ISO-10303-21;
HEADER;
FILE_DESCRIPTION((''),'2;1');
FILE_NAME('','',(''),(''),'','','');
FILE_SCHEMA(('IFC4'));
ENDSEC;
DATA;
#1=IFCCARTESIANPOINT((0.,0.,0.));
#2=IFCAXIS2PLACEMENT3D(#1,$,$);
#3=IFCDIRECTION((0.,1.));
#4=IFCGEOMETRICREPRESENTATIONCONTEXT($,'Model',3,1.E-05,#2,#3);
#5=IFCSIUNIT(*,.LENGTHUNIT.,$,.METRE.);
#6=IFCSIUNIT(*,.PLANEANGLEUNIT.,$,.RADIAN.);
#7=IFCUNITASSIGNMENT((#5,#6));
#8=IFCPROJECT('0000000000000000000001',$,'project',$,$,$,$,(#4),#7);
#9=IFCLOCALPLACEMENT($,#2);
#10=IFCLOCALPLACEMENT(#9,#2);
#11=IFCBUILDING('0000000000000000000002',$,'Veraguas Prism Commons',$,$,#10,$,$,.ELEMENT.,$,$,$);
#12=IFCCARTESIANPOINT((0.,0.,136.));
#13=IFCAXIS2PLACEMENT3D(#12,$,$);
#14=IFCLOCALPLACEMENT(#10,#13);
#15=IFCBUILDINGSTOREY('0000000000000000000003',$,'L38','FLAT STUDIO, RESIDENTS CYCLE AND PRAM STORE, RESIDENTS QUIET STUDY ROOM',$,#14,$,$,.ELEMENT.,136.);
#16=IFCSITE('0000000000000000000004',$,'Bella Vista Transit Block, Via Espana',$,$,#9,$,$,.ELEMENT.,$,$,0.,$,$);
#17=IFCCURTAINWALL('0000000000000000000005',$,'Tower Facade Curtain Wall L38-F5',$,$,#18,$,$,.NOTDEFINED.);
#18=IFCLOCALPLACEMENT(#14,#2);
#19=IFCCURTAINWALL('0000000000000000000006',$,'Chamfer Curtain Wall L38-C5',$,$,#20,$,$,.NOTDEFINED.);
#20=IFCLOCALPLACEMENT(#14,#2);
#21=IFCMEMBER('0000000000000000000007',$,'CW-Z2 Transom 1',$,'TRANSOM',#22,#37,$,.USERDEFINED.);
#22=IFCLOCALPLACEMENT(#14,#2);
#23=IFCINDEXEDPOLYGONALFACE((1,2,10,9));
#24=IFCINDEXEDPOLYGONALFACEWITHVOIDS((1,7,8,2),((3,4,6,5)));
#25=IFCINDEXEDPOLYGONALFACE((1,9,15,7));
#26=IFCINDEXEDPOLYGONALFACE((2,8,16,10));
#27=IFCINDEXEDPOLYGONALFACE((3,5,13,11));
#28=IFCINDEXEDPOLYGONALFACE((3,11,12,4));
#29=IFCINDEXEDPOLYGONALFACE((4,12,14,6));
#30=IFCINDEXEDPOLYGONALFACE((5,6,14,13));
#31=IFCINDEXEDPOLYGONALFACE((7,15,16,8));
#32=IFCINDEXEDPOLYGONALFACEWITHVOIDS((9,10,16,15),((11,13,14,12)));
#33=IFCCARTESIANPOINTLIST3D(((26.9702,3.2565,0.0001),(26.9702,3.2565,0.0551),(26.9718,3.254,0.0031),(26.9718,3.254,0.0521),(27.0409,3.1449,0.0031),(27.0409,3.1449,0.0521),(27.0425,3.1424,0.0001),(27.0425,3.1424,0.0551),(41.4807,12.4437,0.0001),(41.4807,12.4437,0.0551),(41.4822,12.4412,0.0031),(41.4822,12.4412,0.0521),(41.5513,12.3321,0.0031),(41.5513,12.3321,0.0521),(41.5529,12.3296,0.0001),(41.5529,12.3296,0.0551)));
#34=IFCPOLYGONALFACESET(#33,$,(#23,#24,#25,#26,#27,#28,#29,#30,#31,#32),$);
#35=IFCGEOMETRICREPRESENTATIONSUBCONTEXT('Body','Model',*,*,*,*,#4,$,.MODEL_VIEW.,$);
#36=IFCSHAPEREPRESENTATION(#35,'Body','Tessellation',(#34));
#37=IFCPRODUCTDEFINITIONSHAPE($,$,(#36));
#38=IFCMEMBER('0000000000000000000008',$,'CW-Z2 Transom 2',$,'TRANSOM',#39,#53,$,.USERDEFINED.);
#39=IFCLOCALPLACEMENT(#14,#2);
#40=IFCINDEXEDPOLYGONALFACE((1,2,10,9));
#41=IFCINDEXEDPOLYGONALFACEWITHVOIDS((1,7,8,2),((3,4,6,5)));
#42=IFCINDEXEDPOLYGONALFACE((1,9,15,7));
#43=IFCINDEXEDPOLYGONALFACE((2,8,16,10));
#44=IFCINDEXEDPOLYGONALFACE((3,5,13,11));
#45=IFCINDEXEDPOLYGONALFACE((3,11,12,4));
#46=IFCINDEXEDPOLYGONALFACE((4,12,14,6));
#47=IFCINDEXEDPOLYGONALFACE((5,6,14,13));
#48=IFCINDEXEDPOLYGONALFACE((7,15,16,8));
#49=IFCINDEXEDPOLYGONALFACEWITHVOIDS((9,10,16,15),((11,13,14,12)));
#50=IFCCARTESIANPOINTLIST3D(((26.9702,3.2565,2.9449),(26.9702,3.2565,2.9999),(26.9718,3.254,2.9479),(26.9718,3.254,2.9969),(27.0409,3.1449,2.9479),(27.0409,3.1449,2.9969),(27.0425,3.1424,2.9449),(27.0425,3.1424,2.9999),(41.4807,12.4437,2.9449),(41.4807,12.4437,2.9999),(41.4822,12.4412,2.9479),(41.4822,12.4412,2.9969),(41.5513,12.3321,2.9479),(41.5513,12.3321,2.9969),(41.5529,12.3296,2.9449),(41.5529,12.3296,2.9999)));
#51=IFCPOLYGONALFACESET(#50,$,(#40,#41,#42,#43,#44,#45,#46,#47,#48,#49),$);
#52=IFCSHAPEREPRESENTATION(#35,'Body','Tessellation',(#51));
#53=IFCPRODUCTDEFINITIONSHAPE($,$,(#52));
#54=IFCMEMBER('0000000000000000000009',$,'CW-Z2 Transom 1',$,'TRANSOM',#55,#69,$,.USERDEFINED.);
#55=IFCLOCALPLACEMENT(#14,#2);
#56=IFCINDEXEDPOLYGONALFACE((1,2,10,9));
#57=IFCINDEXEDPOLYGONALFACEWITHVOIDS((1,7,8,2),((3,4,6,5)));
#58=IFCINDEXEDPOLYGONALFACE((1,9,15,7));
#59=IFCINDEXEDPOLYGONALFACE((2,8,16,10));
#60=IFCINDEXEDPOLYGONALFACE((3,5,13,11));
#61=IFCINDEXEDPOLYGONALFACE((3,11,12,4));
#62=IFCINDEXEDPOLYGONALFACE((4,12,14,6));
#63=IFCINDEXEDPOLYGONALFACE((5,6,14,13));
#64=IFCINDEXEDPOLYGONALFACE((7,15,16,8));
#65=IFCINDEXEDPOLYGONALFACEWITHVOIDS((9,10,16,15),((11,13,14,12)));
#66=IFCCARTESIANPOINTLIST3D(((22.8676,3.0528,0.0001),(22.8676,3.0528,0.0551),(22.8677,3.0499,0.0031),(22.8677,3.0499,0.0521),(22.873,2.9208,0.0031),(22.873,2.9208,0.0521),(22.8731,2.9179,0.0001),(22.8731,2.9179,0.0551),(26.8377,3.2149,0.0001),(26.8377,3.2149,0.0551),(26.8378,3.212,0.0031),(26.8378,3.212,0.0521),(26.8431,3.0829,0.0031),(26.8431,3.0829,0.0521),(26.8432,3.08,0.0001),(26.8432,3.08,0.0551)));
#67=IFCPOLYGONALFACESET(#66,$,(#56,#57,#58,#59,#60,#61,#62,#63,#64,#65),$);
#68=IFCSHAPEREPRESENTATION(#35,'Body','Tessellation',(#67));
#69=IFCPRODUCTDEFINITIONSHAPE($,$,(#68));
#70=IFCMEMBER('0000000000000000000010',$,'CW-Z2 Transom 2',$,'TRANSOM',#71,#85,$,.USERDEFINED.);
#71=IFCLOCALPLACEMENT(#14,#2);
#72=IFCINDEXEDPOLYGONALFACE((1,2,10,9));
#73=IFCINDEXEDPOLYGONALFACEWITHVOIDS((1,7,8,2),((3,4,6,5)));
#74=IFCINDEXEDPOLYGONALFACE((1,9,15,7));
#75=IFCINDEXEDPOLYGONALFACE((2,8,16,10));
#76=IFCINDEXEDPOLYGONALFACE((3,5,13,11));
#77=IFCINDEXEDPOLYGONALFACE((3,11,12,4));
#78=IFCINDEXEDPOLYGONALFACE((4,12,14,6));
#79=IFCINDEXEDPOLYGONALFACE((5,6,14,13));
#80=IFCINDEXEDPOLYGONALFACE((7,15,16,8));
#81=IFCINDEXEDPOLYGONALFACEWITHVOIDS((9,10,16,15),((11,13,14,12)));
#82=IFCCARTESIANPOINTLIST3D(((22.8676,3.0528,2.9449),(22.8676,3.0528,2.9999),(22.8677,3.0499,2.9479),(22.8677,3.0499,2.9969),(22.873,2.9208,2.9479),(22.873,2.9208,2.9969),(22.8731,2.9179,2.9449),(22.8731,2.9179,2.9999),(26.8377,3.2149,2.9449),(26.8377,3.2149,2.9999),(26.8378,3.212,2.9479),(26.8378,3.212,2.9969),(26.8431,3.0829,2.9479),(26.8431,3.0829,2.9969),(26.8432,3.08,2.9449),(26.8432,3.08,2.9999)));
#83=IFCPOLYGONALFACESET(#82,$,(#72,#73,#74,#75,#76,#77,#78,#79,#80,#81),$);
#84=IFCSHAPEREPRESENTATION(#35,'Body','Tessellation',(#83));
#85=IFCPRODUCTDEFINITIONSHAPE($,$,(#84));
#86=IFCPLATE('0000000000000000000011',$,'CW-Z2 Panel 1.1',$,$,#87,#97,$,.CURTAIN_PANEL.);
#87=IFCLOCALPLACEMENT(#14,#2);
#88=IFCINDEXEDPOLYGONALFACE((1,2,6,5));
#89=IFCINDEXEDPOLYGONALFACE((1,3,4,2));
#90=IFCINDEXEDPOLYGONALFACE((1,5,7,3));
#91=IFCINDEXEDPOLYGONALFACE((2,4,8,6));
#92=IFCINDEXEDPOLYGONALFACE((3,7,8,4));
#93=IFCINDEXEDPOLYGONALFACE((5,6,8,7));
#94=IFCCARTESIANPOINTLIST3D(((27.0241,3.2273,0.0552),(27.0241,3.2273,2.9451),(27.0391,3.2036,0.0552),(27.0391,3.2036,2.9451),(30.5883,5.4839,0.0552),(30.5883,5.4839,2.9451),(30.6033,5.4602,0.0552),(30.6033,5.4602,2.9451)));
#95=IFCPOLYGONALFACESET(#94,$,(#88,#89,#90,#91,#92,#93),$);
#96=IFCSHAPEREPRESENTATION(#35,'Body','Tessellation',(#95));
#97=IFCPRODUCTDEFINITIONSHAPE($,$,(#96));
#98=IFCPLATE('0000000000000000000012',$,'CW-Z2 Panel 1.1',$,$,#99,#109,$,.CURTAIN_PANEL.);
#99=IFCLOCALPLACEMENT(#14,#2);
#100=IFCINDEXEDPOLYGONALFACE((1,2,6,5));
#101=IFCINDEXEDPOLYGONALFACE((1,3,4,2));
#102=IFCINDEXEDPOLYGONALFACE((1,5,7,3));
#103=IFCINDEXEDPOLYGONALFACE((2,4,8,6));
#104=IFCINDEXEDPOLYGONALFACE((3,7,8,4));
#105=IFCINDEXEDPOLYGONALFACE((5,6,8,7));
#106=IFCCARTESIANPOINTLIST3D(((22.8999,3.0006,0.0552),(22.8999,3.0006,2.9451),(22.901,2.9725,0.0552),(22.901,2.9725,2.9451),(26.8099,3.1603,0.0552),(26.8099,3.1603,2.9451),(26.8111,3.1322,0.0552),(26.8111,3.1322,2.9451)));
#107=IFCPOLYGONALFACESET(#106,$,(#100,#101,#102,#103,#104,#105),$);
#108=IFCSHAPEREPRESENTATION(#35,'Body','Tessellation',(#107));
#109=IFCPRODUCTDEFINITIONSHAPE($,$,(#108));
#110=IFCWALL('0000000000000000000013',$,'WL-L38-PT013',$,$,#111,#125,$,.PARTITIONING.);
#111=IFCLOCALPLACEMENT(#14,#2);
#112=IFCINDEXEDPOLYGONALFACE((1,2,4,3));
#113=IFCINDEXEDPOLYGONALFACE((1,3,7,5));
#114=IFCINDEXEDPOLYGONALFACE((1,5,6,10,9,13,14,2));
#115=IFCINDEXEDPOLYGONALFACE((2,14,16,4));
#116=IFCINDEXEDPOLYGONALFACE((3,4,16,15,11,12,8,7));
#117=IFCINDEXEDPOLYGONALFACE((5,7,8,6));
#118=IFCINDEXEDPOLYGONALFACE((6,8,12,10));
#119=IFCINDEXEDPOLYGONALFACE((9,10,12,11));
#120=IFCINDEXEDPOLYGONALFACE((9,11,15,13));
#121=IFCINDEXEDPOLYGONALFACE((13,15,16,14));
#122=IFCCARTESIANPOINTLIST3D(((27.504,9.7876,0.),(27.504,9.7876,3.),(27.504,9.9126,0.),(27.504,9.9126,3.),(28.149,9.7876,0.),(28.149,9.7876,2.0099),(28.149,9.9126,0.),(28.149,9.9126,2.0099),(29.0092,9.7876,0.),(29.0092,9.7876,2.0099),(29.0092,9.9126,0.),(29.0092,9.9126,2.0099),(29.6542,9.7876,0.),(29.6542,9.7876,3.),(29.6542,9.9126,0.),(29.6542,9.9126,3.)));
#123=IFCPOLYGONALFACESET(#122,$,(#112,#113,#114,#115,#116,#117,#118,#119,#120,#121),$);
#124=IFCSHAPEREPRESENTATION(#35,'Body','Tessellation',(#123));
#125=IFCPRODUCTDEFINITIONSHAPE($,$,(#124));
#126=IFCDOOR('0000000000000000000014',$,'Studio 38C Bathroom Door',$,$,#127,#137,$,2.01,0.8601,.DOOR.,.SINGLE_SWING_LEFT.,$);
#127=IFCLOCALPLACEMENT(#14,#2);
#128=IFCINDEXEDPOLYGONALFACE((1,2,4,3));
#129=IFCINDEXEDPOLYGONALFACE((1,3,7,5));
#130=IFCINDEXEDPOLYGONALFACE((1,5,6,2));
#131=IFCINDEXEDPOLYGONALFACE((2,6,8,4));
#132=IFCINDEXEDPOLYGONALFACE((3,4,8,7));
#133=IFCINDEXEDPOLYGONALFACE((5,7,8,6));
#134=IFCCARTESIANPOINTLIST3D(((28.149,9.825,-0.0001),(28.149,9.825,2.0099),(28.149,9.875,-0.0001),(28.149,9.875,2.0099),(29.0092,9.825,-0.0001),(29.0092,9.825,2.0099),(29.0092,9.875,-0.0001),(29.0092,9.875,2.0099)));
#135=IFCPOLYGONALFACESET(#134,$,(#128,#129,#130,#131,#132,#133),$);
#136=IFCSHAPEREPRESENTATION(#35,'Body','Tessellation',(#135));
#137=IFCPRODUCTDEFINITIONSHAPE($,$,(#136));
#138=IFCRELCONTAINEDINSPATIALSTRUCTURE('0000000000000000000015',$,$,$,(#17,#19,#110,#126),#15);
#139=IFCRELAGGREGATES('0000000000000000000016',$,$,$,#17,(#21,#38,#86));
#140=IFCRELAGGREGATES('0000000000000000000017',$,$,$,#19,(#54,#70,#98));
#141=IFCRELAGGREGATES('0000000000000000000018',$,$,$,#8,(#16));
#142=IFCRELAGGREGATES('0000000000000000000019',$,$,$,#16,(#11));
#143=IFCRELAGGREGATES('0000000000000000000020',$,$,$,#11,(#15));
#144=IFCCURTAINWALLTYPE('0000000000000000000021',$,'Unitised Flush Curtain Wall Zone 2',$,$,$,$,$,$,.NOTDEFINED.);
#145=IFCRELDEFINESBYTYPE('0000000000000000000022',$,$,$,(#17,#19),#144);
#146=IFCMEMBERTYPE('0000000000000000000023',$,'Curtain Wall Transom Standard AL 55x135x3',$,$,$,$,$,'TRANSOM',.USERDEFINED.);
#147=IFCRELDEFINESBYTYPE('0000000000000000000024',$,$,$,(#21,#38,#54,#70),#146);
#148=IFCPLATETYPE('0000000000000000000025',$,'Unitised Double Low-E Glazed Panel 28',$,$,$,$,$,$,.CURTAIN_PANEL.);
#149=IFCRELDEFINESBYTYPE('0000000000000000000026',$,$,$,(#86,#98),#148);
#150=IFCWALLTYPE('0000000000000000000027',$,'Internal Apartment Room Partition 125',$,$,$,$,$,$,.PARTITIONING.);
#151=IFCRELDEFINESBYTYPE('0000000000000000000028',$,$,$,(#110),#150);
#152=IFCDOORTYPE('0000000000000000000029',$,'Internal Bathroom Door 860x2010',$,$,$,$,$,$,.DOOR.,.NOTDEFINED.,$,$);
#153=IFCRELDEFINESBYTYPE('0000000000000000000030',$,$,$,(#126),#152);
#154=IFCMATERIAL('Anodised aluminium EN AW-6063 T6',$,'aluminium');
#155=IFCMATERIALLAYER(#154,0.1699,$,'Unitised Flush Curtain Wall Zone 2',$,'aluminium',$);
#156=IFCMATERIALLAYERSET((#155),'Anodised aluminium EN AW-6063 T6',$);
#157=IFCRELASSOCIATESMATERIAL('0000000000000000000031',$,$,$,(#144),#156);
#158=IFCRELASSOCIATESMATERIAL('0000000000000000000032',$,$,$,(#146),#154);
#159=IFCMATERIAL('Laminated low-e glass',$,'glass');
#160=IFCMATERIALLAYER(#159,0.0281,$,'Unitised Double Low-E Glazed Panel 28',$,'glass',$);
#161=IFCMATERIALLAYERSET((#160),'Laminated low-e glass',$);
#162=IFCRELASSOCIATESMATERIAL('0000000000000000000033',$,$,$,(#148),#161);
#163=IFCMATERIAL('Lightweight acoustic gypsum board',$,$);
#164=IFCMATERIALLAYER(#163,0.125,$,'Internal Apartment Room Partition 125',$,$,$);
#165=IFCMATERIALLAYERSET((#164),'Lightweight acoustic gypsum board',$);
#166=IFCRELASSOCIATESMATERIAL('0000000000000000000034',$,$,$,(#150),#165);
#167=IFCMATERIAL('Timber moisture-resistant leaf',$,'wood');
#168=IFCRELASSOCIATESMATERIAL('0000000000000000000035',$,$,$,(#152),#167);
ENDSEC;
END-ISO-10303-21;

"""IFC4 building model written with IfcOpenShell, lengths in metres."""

from ifc_helpers import new_model, si_unit, direction, frame, frame_2d, origin, origin_2d, place, context, subcontext, project, spatial, rectangle, hollow_rectangle, extrude, source, transform, mapped, material, layer, layer_set, material_profile, profile_set, type_object, element, fill, aggregate, save


model = new_model("IFC4")

# Units and contexts
model_context = context("Model", 3, precision=1e-05, world=origin(), true_north=direction((0.0, 1.0)))
body_context = subcontext(model_context, "Body", "Model", "MODEL_VIEW")
ifc_project = project(units=[si_unit("LENGTHUNIT", "METRE"), si_unit("PLANEANGLEUNIT", "RADIAN")], contexts=[model_context])

# Site, building, storey
site_placement = place(None, origin())
site = spatial("IfcSite", under=ifc_project, at=site_placement, Name="Bella Vista Transit Block, Via Espana", CompositionType="ELEMENT", RefElevation=0.0)
building_placement = place(site_placement, origin())
building = spatial("IfcBuilding", under=site, at=building_placement, Name="Veraguas Prism Commons", CompositionType="ELEMENT")
storey_placement = place(building_placement, frame((0.0, 0.0, 136.0)))
storey = spatial("IfcBuildingStorey", under=building, at=storey_placement, Name="L38", Description="FLAT STUDIO, RESIDENTS CYCLE AND PRAM STORE, RESIDENTS QUIET STUDY ROOM", CompositionType="ELEMENT", Elevation=136.0)

# Shared definitions
ifc_material_1 = material(Name="Anodised aluminium EN AW-6063 T6", Category="aluminium")
ifc_layer_1 = layer(ifc_material_1, 0.1699, Name="Unitised Flush Curtain Wall Zone 2", Category="aluminium")
ifc_layer_set_1 = layer_set([ifc_layer_1], Name="Anodised aluminium EN AW-6063 T6")
curtain_wall_type = type_object("IfcCurtainWallType", Name="Unitised Flush Curtain Wall Zone 2", PredefinedType="NOTDEFINED", material=ifc_layer_set_1)

# Curtain walls
curtain_wall_1_placement = place(storey_placement, origin())
curtain_wall_1 = element("IfcCurtainWall", 1, at=curtain_wall_1_placement, inside=storey, type_object=curtain_wall_type, Name="Tower Facade Curtain Wall L38-F5", PredefinedType="NOTDEFINED")
curtain_wall_2_placement = place(storey_placement, origin())
curtain_wall_2 = element("IfcCurtainWall", 2, at=curtain_wall_2_placement, inside=storey, type_object=curtain_wall_type, Name="Chamfer Curtain Wall L38-C5", PredefinedType="NOTDEFINED")

# Members
ifc_material_profile_1 = material_profile(ifc_material_1, hollow_rectangle(XDim=0.0549, YDim=0.135, WallThickness=0.0029, at=origin_2d()), Name="AL55X135X3")
ifc_profile_set_1 = profile_set([ifc_material_profile_1], Name="Anodised aluminium EN AW-6063 T6")
member_type_1 = type_object("IfcMemberType", Name="Curtain Wall Transom Standard AL 55x135x3", ElementType="TRANSOM", PredefinedType="USERDEFINED", material=ifc_profile_set_1)
shared_shape_1 = source(origin(), body_context, "Body", "SweptSolid", [
    extrude(hollow_rectangle(XDim=0.0549, YDim=0.135, WallThickness=0.0029, at=origin_2d()), origin(), (0.0, 0.0, 1.0), 17.1743),
])
member_1_placement = place(storey_placement, frame((27.0063, 3.1995, 0.0276), z_axis=(0.844891, 0.534939, 0.0), x_axis=(0.0, 0.0, 1.0)))
member_1 = element("IfcMember", 3, at=member_1_placement, type_object=member_type_1, Name="CW-Z2 Transom 1", ObjectType="TRANSOM", PredefinedType="USERDEFINED", context=body_context, shape_type="MappedRepresentation", body=[
    mapped(shared_shape_1, transform((0.0, 0.0, 0.0), scale=1.0)),
])
member_2_placement = place(storey_placement, frame((27.0063, 3.1995, 2.9724), z_axis=(0.844891, 0.534939, 0.0), x_axis=(0.0, 0.0, 1.0)))
member_2 = element("IfcMember", 4, at=member_2_placement, type_object=member_type_1, Name="CW-Z2 Transom 2", ObjectType="TRANSOM", PredefinedType="USERDEFINED", context=body_context, shape_type="MappedRepresentation", body=[
    mapped(shared_shape_1, transform((0.0, 0.0, 0.0), scale=1.0)),
])
shared_shape_2 = source(origin(), body_context, "Body", "SweptSolid", [
    extrude(hollow_rectangle(XDim=0.0549, YDim=0.135, WallThickness=0.0029, at=origin_2d()), origin(), (0.0, 0.0, 1.0), 3.9734),
])
member_3_placement = place(storey_placement, frame((22.8704, 2.9854, 0.0276), z_axis=(0.999167, 0.0408, 0.0), x_axis=(0.0, 0.0, 1.0)))
member_3 = element("IfcMember", 5, at=member_3_placement, type_object=member_type_1, Name="CW-Z2 Transom 1", ObjectType="TRANSOM", PredefinedType="USERDEFINED", context=body_context, shape_type="MappedRepresentation", body=[
    mapped(shared_shape_2, transform((0.0, 0.0, 0.0), scale=1.0)),
])
member_4_placement = place(storey_placement, frame((22.8704, 2.9854, 2.9724), z_axis=(0.999167, 0.0408, 0.0), x_axis=(0.0, 0.0, 1.0)))
member_4 = element("IfcMember", 6, at=member_4_placement, type_object=member_type_1, Name="CW-Z2 Transom 2", ObjectType="TRANSOM", PredefinedType="USERDEFINED", context=body_context, shape_type="MappedRepresentation", body=[
    mapped(shared_shape_2, transform((0.0, 0.0, 0.0), scale=1.0)),
])

# Plates
ifc_material_2 = material(Name="Laminated low-e glass", Category="glass")
ifc_layer_2 = layer(ifc_material_2, 0.0281, Name="Unitised Double Low-E Glazed Panel 28", Category="glass")
ifc_layer_set_2 = layer_set([ifc_layer_2], Name="Laminated low-e glass")
plate_type = type_object("IfcPlateType", Name="Unitised Double Low-E Glazed Panel 28", PredefinedType="CURTAIN_PANEL", material=ifc_layer_set_2)
shared_shape_3 = source(origin(), body_context, "Body", "SweptSolid", [
    extrude(rectangle(XDim=4.2185, YDim=0.0281, at=origin_2d()), origin(), (0.0, 0.0, 1.0), 2.8899),
])
plate_1_placement = place(storey_placement, frame((28.8137, 4.3438, 0.0552), z_axis=(0.0, 0.0, 1.0), x_axis=(0.844888, 0.534944, 0.0)))
plate_1 = element("IfcPlate", 7, at=plate_1_placement, type_object=plate_type, Name="CW-Z2 Panel 1.1", PredefinedType="CURTAIN_PANEL", context=body_context, shape_type="MappedRepresentation", body=[
    mapped(shared_shape_3, transform((0.0, 0.0, 0.0), scale=1.0)),
])
aggregate(curtain_wall_1, [member_1, member_2, plate_1])
shared_shape_4 = source(origin(), body_context, "Body", "SweptSolid", [
    extrude(rectangle(XDim=3.9133, YDim=0.0281, at=origin_2d()), origin(), (0.0, 0.0, 1.0), 2.8899),
])
plate_2_placement = place(storey_placement, frame((24.8555, 3.0664, 0.0552), z_axis=(0.0, 0.0, 1.0), x_axis=(0.999167, 0.04081, 0.0)))
plate_2 = element("IfcPlate", 8, at=plate_2_placement, type_object=plate_type, Name="CW-Z2 Panel 1.1", PredefinedType="CURTAIN_PANEL", context=body_context, shape_type="MappedRepresentation", body=[
    mapped(shared_shape_4, transform((0.0, 0.0, 0.0), scale=1.0)),
])
aggregate(curtain_wall_2, [member_3, member_4, plate_2])

# Wall, opening, door
ifc_material_3 = material(Name="Lightweight acoustic gypsum board")
ifc_layer_3 = layer(ifc_material_3, 0.125, Name="Internal Apartment Room Partition 125")
ifc_layer_set_3 = layer_set([ifc_layer_3], Name="Lightweight acoustic gypsum board")
wall_type = type_object("IfcWallType", Name="Internal Apartment Room Partition 125", PredefinedType="PARTITIONING", material=ifc_layer_set_3)
wall_placement = place(storey_placement, frame((27.5039, 9.8501, 0.0), z_axis=(0.0, 0.0, 1.0), x_axis=(1.0, 0.0, 0.0)))
wall = element("IfcWall", 9, at=wall_placement, inside=storey, type_object=wall_type, Name="WL-L38-PT013", PredefinedType="PARTITIONING", context=body_context, shape_type="SweptSolid", body=[
    extrude(rectangle(XDim=2.1501, YDim=0.125, at=frame_2d((1.0752, 0.0))), origin(), (0.0, 0.0, 1.0), 3.0),
])
opening_placement = place(wall_placement, frame((0.645, 0.0, 0.0)))
opening = element("IfcOpeningElement", 10, at=opening_placement, cuts=wall, PredefinedType="OPENING", context=body_context, shape_type="SweptSolid", body=[
    extrude(rectangle(XDim=0.8601, YDim=2.01, at=frame_2d((0.4302, 1.0049))), frame((0.0, 0.0725, 0.0), z_axis=(0.0, -1.0, 0.0), x_axis=(1.0, 0.0, 0.0)), (0.0, 0.0, 1.0), 0.145),
])
ifc_material_4 = material(Name="Timber moisture-resistant leaf", Category="wood")
door_type = type_object("IfcDoorType", Name="Internal Bathroom Door 860x2010", OperationType="NOTDEFINED", PredefinedType="DOOR", material=ifc_material_4)
shared_shape_5 = source(origin(), body_context, "Body", "SweptSolid", [
    extrude(rectangle(XDim=0.8601, YDim=2.01, at=frame_2d((0.4302, 1.0049))), frame((0.0, 0.0249, 0.0), z_axis=(0.0, -1.0, 0.0), x_axis=(1.0, 0.0, 0.0)), (0.0, 0.0, 1.0), 0.05),
])
door_placement = place(opening_placement, origin())
door = element("IfcDoor", 11, at=door_placement, inside=storey, type_object=door_type, Name="Studio 38C Bathroom Door", OperationType="SINGLE_SWING_LEFT", OverallHeight=2.01, OverallWidth=0.8601, PredefinedType="DOOR", context=body_context, shape_type="MappedRepresentation", body=[
    mapped(shared_shape_5, transform((0.0, 0.0, 0.0), scale=1.0)),
])
fill(opening, door)

save(model, "model.ifc")
